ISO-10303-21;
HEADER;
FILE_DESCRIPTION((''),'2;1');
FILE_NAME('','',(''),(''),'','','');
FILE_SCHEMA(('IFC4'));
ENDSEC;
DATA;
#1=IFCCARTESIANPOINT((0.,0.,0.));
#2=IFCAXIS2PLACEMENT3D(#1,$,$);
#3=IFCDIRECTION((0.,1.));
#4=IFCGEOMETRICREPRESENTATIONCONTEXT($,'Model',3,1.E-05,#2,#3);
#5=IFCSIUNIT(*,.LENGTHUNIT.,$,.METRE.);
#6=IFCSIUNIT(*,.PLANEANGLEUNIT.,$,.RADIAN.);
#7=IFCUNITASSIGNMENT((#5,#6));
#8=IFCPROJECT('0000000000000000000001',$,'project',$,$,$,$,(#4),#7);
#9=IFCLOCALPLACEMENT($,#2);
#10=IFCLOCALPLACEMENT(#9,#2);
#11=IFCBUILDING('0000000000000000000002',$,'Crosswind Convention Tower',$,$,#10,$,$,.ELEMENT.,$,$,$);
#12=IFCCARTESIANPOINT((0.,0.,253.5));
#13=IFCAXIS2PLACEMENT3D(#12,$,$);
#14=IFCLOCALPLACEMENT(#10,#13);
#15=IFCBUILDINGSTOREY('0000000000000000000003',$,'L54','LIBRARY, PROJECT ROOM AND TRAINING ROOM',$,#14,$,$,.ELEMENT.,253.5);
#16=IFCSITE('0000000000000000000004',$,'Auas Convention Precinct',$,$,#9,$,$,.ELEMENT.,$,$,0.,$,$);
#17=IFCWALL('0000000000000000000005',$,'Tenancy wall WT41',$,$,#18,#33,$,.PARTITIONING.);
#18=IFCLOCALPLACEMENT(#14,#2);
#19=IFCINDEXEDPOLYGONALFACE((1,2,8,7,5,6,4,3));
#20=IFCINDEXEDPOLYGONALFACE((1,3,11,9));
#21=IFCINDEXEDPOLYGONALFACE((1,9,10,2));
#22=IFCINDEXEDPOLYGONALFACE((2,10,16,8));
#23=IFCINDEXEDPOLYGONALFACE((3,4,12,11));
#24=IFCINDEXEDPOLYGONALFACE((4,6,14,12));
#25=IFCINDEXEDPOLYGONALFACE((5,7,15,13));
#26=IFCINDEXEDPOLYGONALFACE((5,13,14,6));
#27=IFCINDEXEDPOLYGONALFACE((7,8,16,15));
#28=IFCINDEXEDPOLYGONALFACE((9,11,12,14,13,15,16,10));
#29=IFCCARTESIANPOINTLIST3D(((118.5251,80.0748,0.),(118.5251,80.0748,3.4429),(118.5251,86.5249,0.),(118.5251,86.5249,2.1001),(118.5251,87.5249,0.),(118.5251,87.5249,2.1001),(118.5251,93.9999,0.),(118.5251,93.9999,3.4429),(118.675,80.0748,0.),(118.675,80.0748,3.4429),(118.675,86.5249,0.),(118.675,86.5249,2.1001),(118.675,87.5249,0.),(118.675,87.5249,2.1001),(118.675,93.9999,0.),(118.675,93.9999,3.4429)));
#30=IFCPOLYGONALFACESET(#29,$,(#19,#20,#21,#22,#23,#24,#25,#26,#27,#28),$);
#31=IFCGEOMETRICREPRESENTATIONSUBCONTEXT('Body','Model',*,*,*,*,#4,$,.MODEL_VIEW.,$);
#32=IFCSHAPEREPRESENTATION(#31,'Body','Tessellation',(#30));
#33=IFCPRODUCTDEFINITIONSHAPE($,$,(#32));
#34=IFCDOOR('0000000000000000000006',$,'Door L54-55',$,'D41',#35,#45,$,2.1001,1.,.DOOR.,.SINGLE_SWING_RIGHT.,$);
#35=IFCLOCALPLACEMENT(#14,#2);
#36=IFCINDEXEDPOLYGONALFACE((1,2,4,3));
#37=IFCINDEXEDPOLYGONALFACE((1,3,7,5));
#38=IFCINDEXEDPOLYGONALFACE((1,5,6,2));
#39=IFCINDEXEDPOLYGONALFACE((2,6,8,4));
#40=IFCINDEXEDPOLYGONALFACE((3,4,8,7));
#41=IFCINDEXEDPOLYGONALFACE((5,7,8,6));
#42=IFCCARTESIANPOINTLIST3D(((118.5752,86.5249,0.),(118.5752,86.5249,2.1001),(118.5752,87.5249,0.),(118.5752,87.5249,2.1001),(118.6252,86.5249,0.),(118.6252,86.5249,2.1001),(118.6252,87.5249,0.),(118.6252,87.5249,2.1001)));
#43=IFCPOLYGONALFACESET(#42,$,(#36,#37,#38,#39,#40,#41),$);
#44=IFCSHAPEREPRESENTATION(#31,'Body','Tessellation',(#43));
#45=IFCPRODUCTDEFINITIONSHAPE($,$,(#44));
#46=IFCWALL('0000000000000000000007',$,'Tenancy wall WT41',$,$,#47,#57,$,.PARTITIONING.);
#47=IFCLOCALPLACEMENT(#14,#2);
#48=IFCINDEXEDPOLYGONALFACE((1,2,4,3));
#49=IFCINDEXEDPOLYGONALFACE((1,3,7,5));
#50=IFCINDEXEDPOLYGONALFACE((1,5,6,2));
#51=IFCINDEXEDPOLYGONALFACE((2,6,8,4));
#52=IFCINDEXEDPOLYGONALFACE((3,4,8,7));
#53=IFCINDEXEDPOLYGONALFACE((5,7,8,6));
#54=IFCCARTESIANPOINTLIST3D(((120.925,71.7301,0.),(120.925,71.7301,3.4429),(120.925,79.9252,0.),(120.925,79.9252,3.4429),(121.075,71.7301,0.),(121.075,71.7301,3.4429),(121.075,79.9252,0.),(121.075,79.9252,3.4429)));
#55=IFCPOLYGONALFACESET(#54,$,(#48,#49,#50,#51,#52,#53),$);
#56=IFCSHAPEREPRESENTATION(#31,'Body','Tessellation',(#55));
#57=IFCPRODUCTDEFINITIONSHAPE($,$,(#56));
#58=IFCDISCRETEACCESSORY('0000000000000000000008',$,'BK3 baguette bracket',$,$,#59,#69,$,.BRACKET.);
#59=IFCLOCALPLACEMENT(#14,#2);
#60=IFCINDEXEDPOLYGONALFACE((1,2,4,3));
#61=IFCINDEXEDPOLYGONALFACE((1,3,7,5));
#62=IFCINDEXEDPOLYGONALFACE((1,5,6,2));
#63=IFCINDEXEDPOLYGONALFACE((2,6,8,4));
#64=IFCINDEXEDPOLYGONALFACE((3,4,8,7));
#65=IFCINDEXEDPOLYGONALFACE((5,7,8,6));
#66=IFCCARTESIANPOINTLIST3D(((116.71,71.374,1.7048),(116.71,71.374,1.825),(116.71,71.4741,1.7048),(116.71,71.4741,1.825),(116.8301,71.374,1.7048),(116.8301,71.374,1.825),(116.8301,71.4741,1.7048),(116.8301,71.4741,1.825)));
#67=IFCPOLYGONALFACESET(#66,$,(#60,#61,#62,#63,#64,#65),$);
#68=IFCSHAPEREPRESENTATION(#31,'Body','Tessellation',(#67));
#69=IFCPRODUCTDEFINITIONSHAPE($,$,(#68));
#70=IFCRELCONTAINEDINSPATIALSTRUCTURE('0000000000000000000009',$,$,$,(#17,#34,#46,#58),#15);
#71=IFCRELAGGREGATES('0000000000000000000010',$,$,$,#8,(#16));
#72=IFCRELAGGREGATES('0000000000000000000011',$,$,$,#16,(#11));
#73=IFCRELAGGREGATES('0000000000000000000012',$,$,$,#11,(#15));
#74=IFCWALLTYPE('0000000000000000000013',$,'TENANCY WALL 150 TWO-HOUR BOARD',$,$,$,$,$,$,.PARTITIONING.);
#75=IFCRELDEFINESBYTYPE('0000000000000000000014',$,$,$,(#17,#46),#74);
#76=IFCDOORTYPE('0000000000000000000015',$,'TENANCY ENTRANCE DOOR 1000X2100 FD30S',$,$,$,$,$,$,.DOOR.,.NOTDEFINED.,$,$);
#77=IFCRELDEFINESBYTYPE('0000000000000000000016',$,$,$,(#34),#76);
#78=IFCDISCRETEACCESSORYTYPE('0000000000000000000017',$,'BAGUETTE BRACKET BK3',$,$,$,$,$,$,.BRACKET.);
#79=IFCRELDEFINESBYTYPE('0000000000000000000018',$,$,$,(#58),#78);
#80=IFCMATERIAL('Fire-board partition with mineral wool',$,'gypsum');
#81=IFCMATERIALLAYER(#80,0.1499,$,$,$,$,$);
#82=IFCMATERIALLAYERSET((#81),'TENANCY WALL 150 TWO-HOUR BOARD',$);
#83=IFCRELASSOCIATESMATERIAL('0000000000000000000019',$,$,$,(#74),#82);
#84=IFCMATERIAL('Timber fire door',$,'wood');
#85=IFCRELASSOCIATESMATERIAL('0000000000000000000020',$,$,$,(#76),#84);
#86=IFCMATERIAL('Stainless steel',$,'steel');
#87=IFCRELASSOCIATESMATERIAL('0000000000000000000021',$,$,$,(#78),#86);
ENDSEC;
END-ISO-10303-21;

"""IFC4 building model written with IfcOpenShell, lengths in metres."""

from ifc_helpers import new_model, si_unit, direction, frame, frame_2d, origin, origin_2d, place, context, subcontext, project, spatial, rectangle, extrude, material, layer, layer_set, type_object, element, fill, save


model = new_model("IFC4")

# Units and contexts
model_context = context("Model", 3, precision=1e-05, world=origin(), true_north=direction((0.0, 1.0)))
body_context = subcontext(model_context, "Body", "Model", "MODEL_VIEW")
ifc_project = project(units=[si_unit("LENGTHUNIT", "METRE"), si_unit("PLANEANGLEUNIT", "RADIAN")], contexts=[model_context])

# Site, building, storey
site_placement = place(None, origin())
site = spatial("IfcSite", under=ifc_project, at=site_placement, Name="Auas Convention Precinct", CompositionType="ELEMENT", RefElevation=0.0)
building_placement = place(site_placement, origin())
building = spatial("IfcBuilding", under=site, at=building_placement, Name="Crosswind Convention Tower", CompositionType="ELEMENT")
storey_placement = place(building_placement, frame((0.0, 0.0, 253.5)))
storey = spatial("IfcBuildingStorey", under=building, at=storey_placement, Name="L54", Description="LIBRARY, PROJECT ROOM AND TRAINING ROOM", CompositionType="ELEMENT", Elevation=253.5)

# Wall, opening, door
ifc_material_1 = material(Name="Fire-board partition with mineral wool", Category="gypsum")
ifc_layer_1 = layer(ifc_material_1, 0.1499)
ifc_layer_set_1 = layer_set([ifc_layer_1], Name="TENANCY WALL 150 TWO-HOUR BOARD")
wall_type = type_object("IfcWallType", Name="TENANCY WALL 150 TWO-HOUR BOARD", PredefinedType="PARTITIONING", material=ifc_layer_set_1)
wall_1_placement = place(storey_placement, frame((118.6001, 80.075, 0.0), z_axis=(0.0, 0.0, 1.0), x_axis=(0.0, 1.0, 0.0)))
wall_1 = element("IfcWall", 1, at=wall_1_placement, inside=storey, type_object=wall_type, Name="Tenancy wall WT41", PredefinedType="PARTITIONING", context=body_context, shape_type="SweptSolid", body=[
    extrude(rectangle(XDim=13.925, YDim=0.1499, at=frame_2d((6.9624, 0.0))), origin(), (0.0, 0.0, 1.0), 3.4429),
])
opening_placement = place(wall_1_placement, frame((6.45, 0.0, 0.0)))
opening = element("IfcOpeningElement", 2, at=opening_placement, cuts=wall_1, PredefinedType="OPENING", context=body_context, shape_type="SweptSolid", body=[
    extrude(rectangle(XDim=1.0, YDim=2.1001, at=frame_2d((0.5, 1.05))), frame((0.0, 0.085, 0.0), z_axis=(0.0, -1.0, 0.0), x_axis=(1.0, 0.0, 0.0)), (0.0, 0.0, 1.0), 0.1699),
])
ifc_material_2 = material(Name="Timber fire door", Category="wood")
door_type = type_object("IfcDoorType", Name="TENANCY ENTRANCE DOOR 1000X2100 FD30S", OperationType="NOTDEFINED", PredefinedType="DOOR", material=ifc_material_2)
door_placement = place(opening_placement, origin())
door = element("IfcDoor", 3, at=door_placement, inside=storey, type_object=door_type, Name="Door L54-55", ObjectType="D41", OperationType="SINGLE_SWING_RIGHT", OverallHeight=2.1001, OverallWidth=1.0, PredefinedType="DOOR", context=body_context, shape_type="SweptSolid", body=[
    extrude(rectangle(XDim=1.0, YDim=2.1001, at=frame_2d((0.5, 1.05))), frame((0.0, 0.0249, 0.0), z_axis=(0.0, -1.0, 0.0), x_axis=(1.0, 0.0, 0.0)), (0.0, 0.0, 1.0), 0.05),
])
fill(opening, door)

# Wall
wall_2_placement = place(storey_placement, frame((121.0, 71.73, 0.0), z_axis=(0.0, 0.0, 1.0), x_axis=(0.0, 1.0, 0.0)))
element("IfcWall", 4, at=wall_2_placement, inside=storey, type_object=wall_type, Name="Tenancy wall WT41", PredefinedType="PARTITIONING", context=body_context, shape_type="SweptSolid", body=[
    extrude(rectangle(XDim=8.1951, YDim=0.1499, at=frame_2d((4.0977, 0.0))), origin(), (0.0, 0.0, 1.0), 3.4429),
])

# Discrete accessory
ifc_material_3 = material(Name="Stainless steel", Category="steel")
discrete_accessory_type = type_object("IfcDiscreteAccessoryType", Name="BAGUETTE BRACKET BK3", PredefinedType="BRACKET", material=ifc_material_3)
discrete_accessory_placement = place(storey_placement, frame((116.77, 71.4241, 1.7048), z_axis=(0.0, 0.0, 1.0), x_axis=(1.0, 0.0, 0.0)))
element("IfcDiscreteAccessory", 5, at=discrete_accessory_placement, inside=storey, type_object=discrete_accessory_type, Name="BK3 baguette bracket", PredefinedType="BRACKET", context=body_context, shape_type="SweptSolid", body=[
    extrude(rectangle(XDim=0.1201, YDim=0.1001, at=origin_2d()), origin(), (0.0, 0.0, 1.0), 0.1201),
])

save(model, "model.ifc")
